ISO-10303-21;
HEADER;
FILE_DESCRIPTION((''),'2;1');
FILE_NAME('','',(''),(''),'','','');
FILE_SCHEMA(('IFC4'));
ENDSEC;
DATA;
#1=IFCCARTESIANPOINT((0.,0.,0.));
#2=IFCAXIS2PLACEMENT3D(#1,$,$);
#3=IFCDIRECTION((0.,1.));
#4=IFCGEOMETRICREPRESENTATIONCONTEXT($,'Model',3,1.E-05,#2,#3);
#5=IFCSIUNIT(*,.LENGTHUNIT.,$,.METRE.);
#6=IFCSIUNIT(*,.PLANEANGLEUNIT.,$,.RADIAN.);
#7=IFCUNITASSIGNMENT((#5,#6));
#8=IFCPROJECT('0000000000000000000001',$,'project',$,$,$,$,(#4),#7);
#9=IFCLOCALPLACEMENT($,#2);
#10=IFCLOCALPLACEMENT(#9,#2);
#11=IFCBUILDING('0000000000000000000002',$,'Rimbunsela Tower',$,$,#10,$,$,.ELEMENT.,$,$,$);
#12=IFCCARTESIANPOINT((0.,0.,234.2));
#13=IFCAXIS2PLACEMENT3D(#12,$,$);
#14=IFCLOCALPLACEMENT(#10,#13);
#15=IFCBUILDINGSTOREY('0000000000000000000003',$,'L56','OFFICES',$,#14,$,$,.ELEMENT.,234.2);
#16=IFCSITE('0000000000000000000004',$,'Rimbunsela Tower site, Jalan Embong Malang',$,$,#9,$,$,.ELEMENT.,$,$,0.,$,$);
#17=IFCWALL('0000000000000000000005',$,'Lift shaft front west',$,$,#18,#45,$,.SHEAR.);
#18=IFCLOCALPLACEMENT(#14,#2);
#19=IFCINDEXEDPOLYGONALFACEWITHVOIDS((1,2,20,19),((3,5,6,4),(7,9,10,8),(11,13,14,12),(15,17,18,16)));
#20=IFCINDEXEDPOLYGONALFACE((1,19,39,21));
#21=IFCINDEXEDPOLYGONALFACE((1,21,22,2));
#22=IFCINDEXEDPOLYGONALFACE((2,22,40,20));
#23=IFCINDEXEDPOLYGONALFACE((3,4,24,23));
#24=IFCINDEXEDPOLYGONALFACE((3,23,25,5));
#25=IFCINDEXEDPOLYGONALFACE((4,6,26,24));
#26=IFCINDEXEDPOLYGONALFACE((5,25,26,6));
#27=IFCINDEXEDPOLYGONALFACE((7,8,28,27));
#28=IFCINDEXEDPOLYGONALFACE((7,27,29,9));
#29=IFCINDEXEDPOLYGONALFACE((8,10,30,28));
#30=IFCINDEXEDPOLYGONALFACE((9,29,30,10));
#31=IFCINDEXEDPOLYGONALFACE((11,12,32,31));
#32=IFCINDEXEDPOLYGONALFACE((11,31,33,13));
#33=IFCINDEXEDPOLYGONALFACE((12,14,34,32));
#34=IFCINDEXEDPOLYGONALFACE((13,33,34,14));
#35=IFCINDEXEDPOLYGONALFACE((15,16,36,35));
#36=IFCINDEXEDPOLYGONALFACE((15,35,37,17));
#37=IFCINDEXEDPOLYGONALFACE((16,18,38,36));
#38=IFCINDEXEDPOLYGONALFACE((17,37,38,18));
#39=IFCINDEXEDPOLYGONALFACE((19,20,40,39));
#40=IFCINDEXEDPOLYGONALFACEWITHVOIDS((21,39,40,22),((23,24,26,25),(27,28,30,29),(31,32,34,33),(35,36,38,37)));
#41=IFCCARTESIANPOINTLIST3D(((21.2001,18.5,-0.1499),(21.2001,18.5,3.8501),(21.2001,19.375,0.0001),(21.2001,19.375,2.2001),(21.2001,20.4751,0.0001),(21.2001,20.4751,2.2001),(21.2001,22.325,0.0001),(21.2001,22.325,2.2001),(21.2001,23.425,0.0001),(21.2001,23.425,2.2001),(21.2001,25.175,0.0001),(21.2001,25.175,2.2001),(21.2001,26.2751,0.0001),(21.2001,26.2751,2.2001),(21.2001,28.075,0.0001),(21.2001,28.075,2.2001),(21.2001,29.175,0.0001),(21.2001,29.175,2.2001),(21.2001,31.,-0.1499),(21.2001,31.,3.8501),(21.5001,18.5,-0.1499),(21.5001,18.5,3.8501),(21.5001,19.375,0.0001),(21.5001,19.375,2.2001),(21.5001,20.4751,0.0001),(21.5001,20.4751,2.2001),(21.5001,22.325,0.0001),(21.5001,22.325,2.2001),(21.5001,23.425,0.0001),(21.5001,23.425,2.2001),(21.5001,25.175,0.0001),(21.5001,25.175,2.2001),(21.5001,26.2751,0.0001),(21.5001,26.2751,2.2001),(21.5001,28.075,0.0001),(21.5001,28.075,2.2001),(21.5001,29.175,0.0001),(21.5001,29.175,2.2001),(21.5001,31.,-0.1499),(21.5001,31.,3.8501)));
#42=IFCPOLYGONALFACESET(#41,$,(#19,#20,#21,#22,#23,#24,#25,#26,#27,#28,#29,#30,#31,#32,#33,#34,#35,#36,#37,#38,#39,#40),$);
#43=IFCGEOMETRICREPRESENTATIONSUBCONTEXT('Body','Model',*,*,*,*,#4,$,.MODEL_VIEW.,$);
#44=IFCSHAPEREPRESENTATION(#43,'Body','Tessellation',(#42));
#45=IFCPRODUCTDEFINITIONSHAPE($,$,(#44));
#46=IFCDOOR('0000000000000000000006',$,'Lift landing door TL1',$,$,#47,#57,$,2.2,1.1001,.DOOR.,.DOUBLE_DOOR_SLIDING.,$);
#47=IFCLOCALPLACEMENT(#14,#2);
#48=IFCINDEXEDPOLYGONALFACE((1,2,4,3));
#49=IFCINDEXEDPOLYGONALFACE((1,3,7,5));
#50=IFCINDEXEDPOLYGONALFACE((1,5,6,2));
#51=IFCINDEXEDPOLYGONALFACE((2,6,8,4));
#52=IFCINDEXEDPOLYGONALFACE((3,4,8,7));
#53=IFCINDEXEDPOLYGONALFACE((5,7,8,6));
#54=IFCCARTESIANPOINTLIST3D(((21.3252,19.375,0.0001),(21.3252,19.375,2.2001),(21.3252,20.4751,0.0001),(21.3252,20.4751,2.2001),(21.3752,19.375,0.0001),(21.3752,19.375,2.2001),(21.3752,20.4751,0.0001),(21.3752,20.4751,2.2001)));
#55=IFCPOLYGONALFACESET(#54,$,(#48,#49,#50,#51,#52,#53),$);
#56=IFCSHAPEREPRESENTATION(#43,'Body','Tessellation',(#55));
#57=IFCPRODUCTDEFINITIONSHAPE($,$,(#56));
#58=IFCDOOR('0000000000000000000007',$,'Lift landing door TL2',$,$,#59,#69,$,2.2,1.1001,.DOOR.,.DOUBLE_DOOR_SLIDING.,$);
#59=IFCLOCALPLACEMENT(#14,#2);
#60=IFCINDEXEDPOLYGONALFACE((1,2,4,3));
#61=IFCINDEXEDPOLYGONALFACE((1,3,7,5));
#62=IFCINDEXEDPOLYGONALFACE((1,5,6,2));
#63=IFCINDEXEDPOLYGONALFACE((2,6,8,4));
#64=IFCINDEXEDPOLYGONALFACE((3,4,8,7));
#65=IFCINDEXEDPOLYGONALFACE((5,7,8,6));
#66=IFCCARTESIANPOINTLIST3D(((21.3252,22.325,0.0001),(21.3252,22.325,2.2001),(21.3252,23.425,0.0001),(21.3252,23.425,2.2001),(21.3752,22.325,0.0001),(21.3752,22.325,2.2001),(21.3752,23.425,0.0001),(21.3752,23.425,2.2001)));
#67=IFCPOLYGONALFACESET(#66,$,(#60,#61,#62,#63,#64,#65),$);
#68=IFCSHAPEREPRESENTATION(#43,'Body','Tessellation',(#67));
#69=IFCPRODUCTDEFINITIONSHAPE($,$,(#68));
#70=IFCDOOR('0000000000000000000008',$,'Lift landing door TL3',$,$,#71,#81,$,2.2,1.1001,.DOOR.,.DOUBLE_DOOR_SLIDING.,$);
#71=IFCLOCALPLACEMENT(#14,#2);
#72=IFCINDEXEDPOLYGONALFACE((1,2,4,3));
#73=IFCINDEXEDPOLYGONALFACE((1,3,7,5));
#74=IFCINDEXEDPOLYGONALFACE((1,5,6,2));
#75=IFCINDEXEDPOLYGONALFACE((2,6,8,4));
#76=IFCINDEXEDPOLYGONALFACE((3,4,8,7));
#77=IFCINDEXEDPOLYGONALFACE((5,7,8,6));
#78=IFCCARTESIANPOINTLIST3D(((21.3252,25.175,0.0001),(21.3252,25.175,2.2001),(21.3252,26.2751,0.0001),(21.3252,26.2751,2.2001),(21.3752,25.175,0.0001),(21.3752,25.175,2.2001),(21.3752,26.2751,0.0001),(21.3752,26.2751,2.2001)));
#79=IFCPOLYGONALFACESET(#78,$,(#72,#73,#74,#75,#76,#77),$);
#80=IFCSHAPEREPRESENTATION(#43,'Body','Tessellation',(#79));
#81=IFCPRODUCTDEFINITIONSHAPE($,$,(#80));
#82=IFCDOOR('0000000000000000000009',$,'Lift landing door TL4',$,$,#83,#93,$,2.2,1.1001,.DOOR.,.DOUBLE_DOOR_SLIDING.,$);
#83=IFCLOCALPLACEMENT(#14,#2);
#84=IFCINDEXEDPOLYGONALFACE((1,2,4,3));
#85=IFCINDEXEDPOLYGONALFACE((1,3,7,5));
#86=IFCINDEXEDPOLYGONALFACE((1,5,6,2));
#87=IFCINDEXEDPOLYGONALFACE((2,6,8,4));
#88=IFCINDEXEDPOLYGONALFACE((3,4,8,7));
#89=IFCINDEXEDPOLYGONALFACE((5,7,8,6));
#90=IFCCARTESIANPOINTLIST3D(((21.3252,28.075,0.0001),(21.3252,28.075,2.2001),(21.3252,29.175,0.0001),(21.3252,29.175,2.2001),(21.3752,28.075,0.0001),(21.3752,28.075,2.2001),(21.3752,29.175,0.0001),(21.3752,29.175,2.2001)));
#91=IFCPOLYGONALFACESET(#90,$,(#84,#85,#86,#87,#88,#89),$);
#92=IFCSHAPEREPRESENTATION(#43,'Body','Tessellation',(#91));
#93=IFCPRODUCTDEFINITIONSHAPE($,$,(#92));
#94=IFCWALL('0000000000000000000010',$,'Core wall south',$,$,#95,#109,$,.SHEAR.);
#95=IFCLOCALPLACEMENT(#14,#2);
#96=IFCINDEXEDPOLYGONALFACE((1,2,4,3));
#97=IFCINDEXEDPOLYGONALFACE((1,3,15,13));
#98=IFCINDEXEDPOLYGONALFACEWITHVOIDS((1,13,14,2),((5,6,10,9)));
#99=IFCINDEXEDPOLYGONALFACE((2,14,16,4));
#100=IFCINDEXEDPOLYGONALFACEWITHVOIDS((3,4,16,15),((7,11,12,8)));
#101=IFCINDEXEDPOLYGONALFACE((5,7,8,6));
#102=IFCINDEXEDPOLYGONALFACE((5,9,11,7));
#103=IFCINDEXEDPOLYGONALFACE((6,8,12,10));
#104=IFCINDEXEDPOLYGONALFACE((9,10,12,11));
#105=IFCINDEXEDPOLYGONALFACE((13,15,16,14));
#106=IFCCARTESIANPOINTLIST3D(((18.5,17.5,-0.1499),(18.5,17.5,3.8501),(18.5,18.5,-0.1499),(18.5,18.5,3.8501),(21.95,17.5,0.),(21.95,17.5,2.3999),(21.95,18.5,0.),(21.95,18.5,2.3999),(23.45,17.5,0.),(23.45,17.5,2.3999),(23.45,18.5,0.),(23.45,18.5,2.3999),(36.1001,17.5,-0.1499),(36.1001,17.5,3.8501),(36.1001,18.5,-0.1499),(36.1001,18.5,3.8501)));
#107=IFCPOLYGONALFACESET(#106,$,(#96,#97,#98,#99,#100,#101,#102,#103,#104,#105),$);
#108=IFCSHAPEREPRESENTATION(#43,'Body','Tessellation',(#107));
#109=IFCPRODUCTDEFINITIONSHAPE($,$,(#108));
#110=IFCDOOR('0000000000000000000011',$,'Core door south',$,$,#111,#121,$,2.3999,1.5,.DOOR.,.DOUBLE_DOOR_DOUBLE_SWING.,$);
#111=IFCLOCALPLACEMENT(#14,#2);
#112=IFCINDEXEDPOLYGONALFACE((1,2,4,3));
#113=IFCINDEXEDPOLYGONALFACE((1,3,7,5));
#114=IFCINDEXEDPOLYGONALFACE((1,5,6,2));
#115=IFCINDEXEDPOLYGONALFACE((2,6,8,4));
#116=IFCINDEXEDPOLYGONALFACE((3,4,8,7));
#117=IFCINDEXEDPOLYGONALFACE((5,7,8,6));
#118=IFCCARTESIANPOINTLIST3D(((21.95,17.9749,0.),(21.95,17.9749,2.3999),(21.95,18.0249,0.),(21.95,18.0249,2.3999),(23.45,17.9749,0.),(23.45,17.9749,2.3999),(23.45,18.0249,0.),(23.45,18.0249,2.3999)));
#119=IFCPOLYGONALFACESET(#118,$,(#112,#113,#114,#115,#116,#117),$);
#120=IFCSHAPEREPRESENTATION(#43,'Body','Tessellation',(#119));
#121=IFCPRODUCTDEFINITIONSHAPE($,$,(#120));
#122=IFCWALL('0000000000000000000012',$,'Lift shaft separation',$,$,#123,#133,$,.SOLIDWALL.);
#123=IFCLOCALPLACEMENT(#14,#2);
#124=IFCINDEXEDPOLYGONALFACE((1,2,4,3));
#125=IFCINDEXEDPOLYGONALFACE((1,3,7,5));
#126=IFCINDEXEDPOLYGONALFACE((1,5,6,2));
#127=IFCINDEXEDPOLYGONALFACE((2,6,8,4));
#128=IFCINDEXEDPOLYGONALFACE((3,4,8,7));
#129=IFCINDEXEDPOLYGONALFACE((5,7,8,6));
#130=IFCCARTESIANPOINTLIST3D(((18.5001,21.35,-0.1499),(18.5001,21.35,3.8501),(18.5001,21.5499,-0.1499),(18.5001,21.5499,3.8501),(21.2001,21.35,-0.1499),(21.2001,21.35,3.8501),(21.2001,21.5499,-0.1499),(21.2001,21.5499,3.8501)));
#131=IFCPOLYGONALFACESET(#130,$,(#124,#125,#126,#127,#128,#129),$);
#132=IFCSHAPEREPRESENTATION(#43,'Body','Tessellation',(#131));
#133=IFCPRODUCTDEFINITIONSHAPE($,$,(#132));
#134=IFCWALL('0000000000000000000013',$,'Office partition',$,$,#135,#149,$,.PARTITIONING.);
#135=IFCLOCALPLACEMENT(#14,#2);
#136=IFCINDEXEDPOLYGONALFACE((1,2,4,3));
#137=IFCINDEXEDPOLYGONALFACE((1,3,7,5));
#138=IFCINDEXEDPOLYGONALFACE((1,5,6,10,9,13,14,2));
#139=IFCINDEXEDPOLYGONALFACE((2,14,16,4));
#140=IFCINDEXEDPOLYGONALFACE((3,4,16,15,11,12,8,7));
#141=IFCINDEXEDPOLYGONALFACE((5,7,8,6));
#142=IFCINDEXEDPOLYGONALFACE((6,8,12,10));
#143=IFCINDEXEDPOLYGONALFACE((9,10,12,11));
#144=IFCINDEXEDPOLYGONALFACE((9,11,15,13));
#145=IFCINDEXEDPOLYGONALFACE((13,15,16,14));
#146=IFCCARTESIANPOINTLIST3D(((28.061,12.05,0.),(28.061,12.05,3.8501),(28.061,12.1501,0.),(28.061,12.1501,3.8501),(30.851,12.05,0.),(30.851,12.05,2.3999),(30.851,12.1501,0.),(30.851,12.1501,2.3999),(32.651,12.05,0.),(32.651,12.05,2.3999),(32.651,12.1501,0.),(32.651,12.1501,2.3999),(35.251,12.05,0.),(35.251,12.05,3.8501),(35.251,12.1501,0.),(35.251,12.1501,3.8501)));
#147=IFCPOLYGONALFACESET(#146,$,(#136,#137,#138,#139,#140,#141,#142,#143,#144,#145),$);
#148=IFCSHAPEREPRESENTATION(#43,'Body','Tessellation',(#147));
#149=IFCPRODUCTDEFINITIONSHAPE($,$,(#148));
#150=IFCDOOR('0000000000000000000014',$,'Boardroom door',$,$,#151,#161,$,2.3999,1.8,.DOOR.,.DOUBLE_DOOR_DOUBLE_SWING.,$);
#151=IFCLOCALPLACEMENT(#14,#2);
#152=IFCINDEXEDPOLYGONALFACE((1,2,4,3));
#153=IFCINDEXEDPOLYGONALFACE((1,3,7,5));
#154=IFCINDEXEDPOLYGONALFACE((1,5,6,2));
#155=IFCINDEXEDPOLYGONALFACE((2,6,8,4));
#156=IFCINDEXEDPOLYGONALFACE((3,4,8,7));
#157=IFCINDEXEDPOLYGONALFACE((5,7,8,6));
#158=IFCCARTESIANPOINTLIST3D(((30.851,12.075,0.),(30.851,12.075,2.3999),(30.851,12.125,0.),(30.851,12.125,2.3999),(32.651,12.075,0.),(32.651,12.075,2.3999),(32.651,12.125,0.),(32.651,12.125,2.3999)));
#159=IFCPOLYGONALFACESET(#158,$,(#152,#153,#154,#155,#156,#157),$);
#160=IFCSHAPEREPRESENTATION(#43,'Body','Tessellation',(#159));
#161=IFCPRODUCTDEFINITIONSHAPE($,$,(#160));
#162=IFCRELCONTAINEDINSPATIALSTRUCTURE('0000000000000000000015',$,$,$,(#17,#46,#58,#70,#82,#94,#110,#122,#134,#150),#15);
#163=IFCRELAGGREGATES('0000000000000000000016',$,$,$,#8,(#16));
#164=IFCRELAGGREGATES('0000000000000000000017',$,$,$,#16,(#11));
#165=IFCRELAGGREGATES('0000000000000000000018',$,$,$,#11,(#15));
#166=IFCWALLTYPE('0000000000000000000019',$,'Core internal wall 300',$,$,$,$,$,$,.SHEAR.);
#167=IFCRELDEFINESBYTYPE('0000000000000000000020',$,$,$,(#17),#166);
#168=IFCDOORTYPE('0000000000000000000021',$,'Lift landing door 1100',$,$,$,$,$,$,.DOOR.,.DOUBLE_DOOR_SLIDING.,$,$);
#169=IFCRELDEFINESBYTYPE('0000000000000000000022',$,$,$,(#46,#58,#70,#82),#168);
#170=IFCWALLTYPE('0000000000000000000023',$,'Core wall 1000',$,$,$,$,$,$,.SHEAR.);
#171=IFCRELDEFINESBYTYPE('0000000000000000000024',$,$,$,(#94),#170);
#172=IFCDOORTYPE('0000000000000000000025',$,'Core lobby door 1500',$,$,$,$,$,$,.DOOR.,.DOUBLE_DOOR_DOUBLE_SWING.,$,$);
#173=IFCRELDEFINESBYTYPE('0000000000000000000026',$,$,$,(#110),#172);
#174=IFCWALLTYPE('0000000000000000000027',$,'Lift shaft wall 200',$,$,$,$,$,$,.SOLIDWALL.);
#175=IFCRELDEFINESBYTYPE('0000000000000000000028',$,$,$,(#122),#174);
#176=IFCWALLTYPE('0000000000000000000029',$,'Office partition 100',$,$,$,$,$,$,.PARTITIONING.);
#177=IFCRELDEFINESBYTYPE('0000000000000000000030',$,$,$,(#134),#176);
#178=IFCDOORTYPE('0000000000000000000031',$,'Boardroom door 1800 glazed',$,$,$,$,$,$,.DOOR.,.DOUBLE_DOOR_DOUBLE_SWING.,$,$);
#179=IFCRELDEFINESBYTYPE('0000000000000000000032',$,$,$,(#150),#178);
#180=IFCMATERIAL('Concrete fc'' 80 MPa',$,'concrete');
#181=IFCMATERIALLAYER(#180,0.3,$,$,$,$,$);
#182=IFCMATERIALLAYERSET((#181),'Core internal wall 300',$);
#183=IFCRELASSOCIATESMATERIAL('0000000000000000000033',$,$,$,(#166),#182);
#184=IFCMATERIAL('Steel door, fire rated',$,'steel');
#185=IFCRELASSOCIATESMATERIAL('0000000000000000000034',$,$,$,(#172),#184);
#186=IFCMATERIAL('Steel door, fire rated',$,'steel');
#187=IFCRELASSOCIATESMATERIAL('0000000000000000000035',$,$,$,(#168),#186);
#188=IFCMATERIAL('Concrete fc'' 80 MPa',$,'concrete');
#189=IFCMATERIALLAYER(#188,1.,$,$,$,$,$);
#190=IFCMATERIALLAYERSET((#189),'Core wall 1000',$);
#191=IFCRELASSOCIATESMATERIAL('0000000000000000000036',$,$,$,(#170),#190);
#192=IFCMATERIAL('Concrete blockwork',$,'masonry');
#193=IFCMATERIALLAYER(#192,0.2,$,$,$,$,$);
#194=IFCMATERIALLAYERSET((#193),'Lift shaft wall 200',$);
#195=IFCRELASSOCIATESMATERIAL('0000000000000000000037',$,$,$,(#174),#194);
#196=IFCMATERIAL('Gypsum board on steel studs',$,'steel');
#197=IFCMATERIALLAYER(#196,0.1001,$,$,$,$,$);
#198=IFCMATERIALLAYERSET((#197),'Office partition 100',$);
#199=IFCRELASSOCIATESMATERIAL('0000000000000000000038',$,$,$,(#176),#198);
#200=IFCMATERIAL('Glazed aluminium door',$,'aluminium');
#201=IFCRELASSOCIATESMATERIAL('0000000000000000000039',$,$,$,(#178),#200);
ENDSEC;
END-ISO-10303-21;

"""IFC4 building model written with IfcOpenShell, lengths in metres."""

from ifc_helpers import new_model, si_unit, direction, frame, frame_2d, origin, place, context, subcontext, project, spatial, rectangle, extrude, material, layer, layer_set, type_object, element, fill, save


model = new_model("IFC4")

# Units and contexts
model_context = context("Model", 3, precision=1e-05, world=origin(), true_north=direction((0.0, 1.0)))
body_context = subcontext(model_context, "Body", "Model", "MODEL_VIEW")
ifc_project = project(units=[si_unit("LENGTHUNIT", "METRE"), si_unit("PLANEANGLEUNIT", "RADIAN")], contexts=[model_context])

# Site, building, storey
site_placement = place(None, origin())
site = spatial("IfcSite", under=ifc_project, at=site_placement, Name="Rimbunsela Tower site, Jalan Embong Malang", CompositionType="ELEMENT", RefElevation=0.0)
building_placement = place(site_placement, origin())
building = spatial("IfcBuilding", under=site, at=building_placement, Name="Rimbunsela Tower", CompositionType="ELEMENT")
storey_placement = place(building_placement, frame((0.0, 0.0, 234.2)))
storey = spatial("IfcBuildingStorey", under=building, at=storey_placement, Name="L56", Description="OFFICES", CompositionType="ELEMENT", Elevation=234.2)

# Shared definitions
ifc_material_1 = material(Name="Concrete fc' 80 MPa", Category="concrete")
ifc_layer_1 = layer(ifc_material_1, 0.3)
ifc_layer_set_1 = layer_set([ifc_layer_1], Name="Core internal wall 300")
wall_type_1 = type_object("IfcWallType", Name="Core internal wall 300", PredefinedType="SHEAR", material=ifc_layer_set_1)
ifc_material_2 = material(Name="Steel door, fire rated", Category="steel")
door_type_1 = type_object("IfcDoorType", Name="Core lobby door 1500", OperationType="DOUBLE_DOOR_DOUBLE_SWING", PredefinedType="DOOR", material=ifc_material_2)

# Wall, openings, doors
wall_1_placement = place(storey_placement, frame((21.3501, 18.5, -0.1499), z_axis=(0.0, 0.0, 1.0), x_axis=(0.0, 1.0, 0.0)))
wall_1 = element("IfcWall", 1, at=wall_1_placement, inside=storey, type_object=wall_type_1, Name="Lift shaft front west", PredefinedType="SHEAR", context=body_context, shape_type="SweptSolid", body=[
    extrude(rectangle(XDim=12.5, YDim=0.3, at=frame_2d((6.25, 0.0))), origin(), (0.0, 0.0, 1.0), 4.0),
])
opening_1_placement = place(wall_1_placement, frame((0.875, 0.0, 0.1499)))
opening_1 = element("IfcOpeningElement", 2, at=opening_1_placement, cuts=wall_1, PredefinedType="OPENING", context=body_context, shape_type="SweptSolid", body=[
    extrude(rectangle(XDim=1.1001, YDim=2.2, at=frame_2d((0.55, 1.1001))), frame((0.0, 0.1599, 0.0), z_axis=(0.0, -1.0, 0.0), x_axis=(1.0, 0.0, 0.0)), (0.0, 0.0, 1.0), 0.3201),
])
opening_2_placement = place(wall_1_placement, frame((3.825, 0.0, 0.1499)))
opening_2 = element("IfcOpeningElement", 3, at=opening_2_placement, cuts=wall_1, PredefinedType="OPENING", context=body_context, shape_type="SweptSolid", body=[
    extrude(rectangle(XDim=1.1001, YDim=2.2, at=frame_2d((0.55, 1.1001))), frame((0.0, 0.1599, 0.0), z_axis=(0.0, -1.0, 0.0), x_axis=(1.0, 0.0, 0.0)), (0.0, 0.0, 1.0), 0.3201),
])
opening_3_placement = place(wall_1_placement, frame((6.675, 0.0, 0.1499)))
opening_3 = element("IfcOpeningElement", 4, at=opening_3_placement, cuts=wall_1, PredefinedType="OPENING", context=body_context, shape_type="SweptSolid", body=[
    extrude(rectangle(XDim=1.1001, YDim=2.2, at=frame_2d((0.55, 1.1001))), frame((0.0, 0.1599, 0.0), z_axis=(0.0, -1.0, 0.0), x_axis=(1.0, 0.0, 0.0)), (0.0, 0.0, 1.0), 0.3201),
])
opening_4_placement = place(wall_1_placement, frame((9.575, 0.0, 0.1499)))
opening_4 = element("IfcOpeningElement", 5, at=opening_4_placement, cuts=wall_1, PredefinedType="OPENING", context=body_context, shape_type="SweptSolid", body=[
    extrude(rectangle(XDim=1.1001, YDim=2.2, at=frame_2d((0.55, 1.1001))), frame((0.0, 0.1599, 0.0), z_axis=(0.0, -1.0, 0.0), x_axis=(1.0, 0.0, 0.0)), (0.0, 0.0, 1.0), 0.3201),
])
ifc_material_3 = material(Name="Steel door, fire rated", Category="steel")
door_type_2 = type_object("IfcDoorType", Name="Lift landing door 1100", OperationType="DOUBLE_DOOR_SLIDING", PredefinedType="DOOR", material=ifc_material_3)
door_1_placement = place(opening_1_placement, origin())
door_1 = element("IfcDoor", 6, at=door_1_placement, inside=storey, type_object=door_type_2, Name="Lift landing door TL1", OperationType="DOUBLE_DOOR_SLIDING", OverallHeight=2.2, OverallWidth=1.1001, PredefinedType="DOOR", context=body_context, shape_type="SweptSolid", body=[
    extrude(rectangle(XDim=1.1001, YDim=2.2, at=frame_2d((0.55, 1.1001))), frame((0.0, 0.0249, 0.0), z_axis=(0.0, -1.0, 0.0), x_axis=(1.0, 0.0, 0.0)), (0.0, 0.0, 1.0), 0.05),
])
fill(opening_1, door_1)
door_2_placement = place(opening_2_placement, origin())
door_2 = element("IfcDoor", 7, at=door_2_placement, inside=storey, type_object=door_type_2, Name="Lift landing door TL2", OperationType="DOUBLE_DOOR_SLIDING", OverallHeight=2.2, OverallWidth=1.1001, PredefinedType="DOOR", context=body_context, shape_type="SweptSolid", body=[
    extrude(rectangle(XDim=1.1001, YDim=2.2, at=frame_2d((0.55, 1.1001))), frame((0.0, 0.0249, 0.0), z_axis=(0.0, -1.0, 0.0), x_axis=(1.0, 0.0, 0.0)), (0.0, 0.0, 1.0), 0.05),
])
fill(opening_2, door_2)
door_3_placement = place(opening_3_placement, origin())
door_3 = element("IfcDoor", 8, at=door_3_placement, inside=storey, type_object=door_type_2, Name="Lift landing door TL3", OperationType="DOUBLE_DOOR_SLIDING", OverallHeight=2.2, OverallWidth=1.1001, PredefinedType="DOOR", context=body_context, shape_type="SweptSolid", body=[
    extrude(rectangle(XDim=1.1001, YDim=2.2, at=frame_2d((0.55, 1.1001))), frame((0.0, 0.0249, 0.0), z_axis=(0.0, -1.0, 0.0), x_axis=(1.0, 0.0, 0.0)), (0.0, 0.0, 1.0), 0.05),
])
fill(opening_3, door_3)
door_4_placement = place(opening_4_placement, origin())
door_4 = element("IfcDoor", 9, at=door_4_placement, inside=storey, type_object=door_type_2, Name="Lift landing door TL4", OperationType="DOUBLE_DOOR_SLIDING", OverallHeight=2.2, OverallWidth=1.1001, PredefinedType="DOOR", context=body_context, shape_type="SweptSolid", body=[
    extrude(rectangle(XDim=1.1001, YDim=2.2, at=frame_2d((0.55, 1.1001))), frame((0.0, 0.0249, 0.0), z_axis=(0.0, -1.0, 0.0), x_axis=(1.0, 0.0, 0.0)), (0.0, 0.0, 1.0), 0.05),
])
fill(opening_4, door_4)

# Wall, opening, door
ifc_material_4 = material(Name="Concrete fc' 80 MPa", Category="concrete")
ifc_layer_2 = layer(ifc_material_4, 1.0)
ifc_layer_set_2 = layer_set([ifc_layer_2], Name="Core wall 1000")
wall_type_2 = type_object("IfcWallType", Name="Core wall 1000", PredefinedType="SHEAR", material=ifc_layer_set_2)
wall_2_placement = place(storey_placement, frame((18.5, 18.0, -0.1499), z_axis=(0.0, 0.0, 1.0), x_axis=(1.0, 0.0, 0.0)))
wall_2 = element("IfcWall", 10, at=wall_2_placement, inside=storey, type_object=wall_type_2, Name="Core wall south", PredefinedType="SHEAR", context=body_context, shape_type="SweptSolid", body=[
    extrude(rectangle(XDim=17.6001, YDim=1.0, at=frame_2d((8.8, 0.0))), origin(), (0.0, 0.0, 1.0), 4.0),
])
opening_5_placement = place(wall_2_placement, frame((3.45, 0.0, 0.1499)))
opening_5 = element("IfcOpeningElement", 11, at=opening_5_placement, cuts=wall_2, PredefinedType="OPENING", context=body_context, shape_type="SweptSolid", body=[
    extrude(rectangle(XDim=1.5, YDim=2.3999, at=frame_2d((0.75, 1.2))), frame((0.0, 0.51, 0.0), z_axis=(0.0, -1.0, 0.0), x_axis=(1.0, 0.0, 0.0)), (0.0, 0.0, 1.0), 1.02),
])
door_5_placement = place(opening_5_placement, origin())
door_5 = element("IfcDoor", 12, at=door_5_placement, inside=storey, type_object=door_type_1, Name="Core door south", OperationType="DOUBLE_DOOR_DOUBLE_SWING", OverallHeight=2.3999, OverallWidth=1.5, PredefinedType="DOOR", context=body_context, shape_type="SweptSolid", body=[
    extrude(rectangle(XDim=1.5, YDim=2.3999, at=frame_2d((0.75, 1.2))), frame((0.0, 0.0249, 0.0), z_axis=(0.0, -1.0, 0.0), x_axis=(1.0, 0.0, 0.0)), (0.0, 0.0, 1.0), 0.05),
])
fill(opening_5, door_5)

# Wall
ifc_material_5 = material(Name="Concrete blockwork", Category="masonry")
ifc_layer_3 = layer(ifc_material_5, 0.2)
ifc_layer_set_3 = layer_set([ifc_layer_3], Name="Lift shaft wall 200")
wall_type_3 = type_object("IfcWallType", Name="Lift shaft wall 200", PredefinedType="SOLIDWALL", material=ifc_layer_set_3)
wall_3_placement = place(storey_placement, frame((18.5, 21.45, -0.1499), z_axis=(0.0, 0.0, 1.0), x_axis=(1.0, 0.0, 0.0)))
element("IfcWall", 13, at=wall_3_placement, inside=storey, type_object=wall_type_3, Name="Lift shaft separation", PredefinedType="SOLIDWALL", context=body_context, shape_type="SweptSolid", body=[
    extrude(rectangle(XDim=2.7, YDim=0.2, at=frame_2d((1.3501, 0.0))), origin(), (0.0, 0.0, 1.0), 4.0),
])

# Wall, opening, door
ifc_material_6 = material(Name="Gypsum board on steel studs", Category="steel")
ifc_layer_4 = layer(ifc_material_6, 0.1001)
ifc_layer_set_4 = layer_set([ifc_layer_4], Name="Office partition 100")
wall_type_4 = type_object("IfcWallType", Name="Office partition 100", PredefinedType="PARTITIONING", material=ifc_layer_set_4)
wall_4_placement = place(storey_placement, frame((28.061, 12.1001, 0.0), z_axis=(0.0, 0.0, 1.0), x_axis=(1.0, 0.0, 0.0)))
wall_4 = element("IfcWall", 14, at=wall_4_placement, inside=storey, type_object=wall_type_4, Name="Office partition", PredefinedType="PARTITIONING", context=body_context, shape_type="SweptSolid", body=[
    extrude(rectangle(XDim=7.1899, YDim=0.1001, at=frame_2d((3.595, 0.0))), origin(), (0.0, 0.0, 1.0), 3.8501),
])
opening_6_placement = place(wall_4_placement, frame((2.79, 0.0, 0.0)))
opening_6 = element("IfcOpeningElement", 15, at=opening_6_placement, cuts=wall_4, PredefinedType="OPENING", context=body_context, shape_type="SweptSolid", body=[
    extrude(rectangle(XDim=1.8, YDim=2.3999, at=frame_2d((0.8999, 1.2))), frame((0.0, 0.0601, 0.0), z_axis=(0.0, -1.0, 0.0), x_axis=(1.0, 0.0, 0.0)), (0.0, 0.0, 1.0), 0.1201),
])
ifc_material_7 = material(Name="Glazed aluminium door", Category="aluminium")
door_type_3 = type_object("IfcDoorType", Name="Boardroom door 1800 glazed", OperationType="DOUBLE_DOOR_DOUBLE_SWING", PredefinedType="DOOR", material=ifc_material_7)
door_6_placement = place(opening_6_placement, origin())
door_6 = element("IfcDoor", 16, at=door_6_placement, inside=storey, type_object=door_type_3, Name="Boardroom door", OperationType="DOUBLE_DOOR_DOUBLE_SWING", OverallHeight=2.3999, OverallWidth=1.8, PredefinedType="DOOR", context=body_context, shape_type="SweptSolid", body=[
    extrude(rectangle(XDim=1.8, YDim=2.3999, at=frame_2d((0.8999, 1.2))), frame((0.0, 0.0249, 0.0), z_axis=(0.0, -1.0, 0.0), x_axis=(1.0, 0.0, 0.0)), (0.0, 0.0, 1.0), 0.05),
])
fill(opening_6, door_6)

save(model, "model.ifc")
